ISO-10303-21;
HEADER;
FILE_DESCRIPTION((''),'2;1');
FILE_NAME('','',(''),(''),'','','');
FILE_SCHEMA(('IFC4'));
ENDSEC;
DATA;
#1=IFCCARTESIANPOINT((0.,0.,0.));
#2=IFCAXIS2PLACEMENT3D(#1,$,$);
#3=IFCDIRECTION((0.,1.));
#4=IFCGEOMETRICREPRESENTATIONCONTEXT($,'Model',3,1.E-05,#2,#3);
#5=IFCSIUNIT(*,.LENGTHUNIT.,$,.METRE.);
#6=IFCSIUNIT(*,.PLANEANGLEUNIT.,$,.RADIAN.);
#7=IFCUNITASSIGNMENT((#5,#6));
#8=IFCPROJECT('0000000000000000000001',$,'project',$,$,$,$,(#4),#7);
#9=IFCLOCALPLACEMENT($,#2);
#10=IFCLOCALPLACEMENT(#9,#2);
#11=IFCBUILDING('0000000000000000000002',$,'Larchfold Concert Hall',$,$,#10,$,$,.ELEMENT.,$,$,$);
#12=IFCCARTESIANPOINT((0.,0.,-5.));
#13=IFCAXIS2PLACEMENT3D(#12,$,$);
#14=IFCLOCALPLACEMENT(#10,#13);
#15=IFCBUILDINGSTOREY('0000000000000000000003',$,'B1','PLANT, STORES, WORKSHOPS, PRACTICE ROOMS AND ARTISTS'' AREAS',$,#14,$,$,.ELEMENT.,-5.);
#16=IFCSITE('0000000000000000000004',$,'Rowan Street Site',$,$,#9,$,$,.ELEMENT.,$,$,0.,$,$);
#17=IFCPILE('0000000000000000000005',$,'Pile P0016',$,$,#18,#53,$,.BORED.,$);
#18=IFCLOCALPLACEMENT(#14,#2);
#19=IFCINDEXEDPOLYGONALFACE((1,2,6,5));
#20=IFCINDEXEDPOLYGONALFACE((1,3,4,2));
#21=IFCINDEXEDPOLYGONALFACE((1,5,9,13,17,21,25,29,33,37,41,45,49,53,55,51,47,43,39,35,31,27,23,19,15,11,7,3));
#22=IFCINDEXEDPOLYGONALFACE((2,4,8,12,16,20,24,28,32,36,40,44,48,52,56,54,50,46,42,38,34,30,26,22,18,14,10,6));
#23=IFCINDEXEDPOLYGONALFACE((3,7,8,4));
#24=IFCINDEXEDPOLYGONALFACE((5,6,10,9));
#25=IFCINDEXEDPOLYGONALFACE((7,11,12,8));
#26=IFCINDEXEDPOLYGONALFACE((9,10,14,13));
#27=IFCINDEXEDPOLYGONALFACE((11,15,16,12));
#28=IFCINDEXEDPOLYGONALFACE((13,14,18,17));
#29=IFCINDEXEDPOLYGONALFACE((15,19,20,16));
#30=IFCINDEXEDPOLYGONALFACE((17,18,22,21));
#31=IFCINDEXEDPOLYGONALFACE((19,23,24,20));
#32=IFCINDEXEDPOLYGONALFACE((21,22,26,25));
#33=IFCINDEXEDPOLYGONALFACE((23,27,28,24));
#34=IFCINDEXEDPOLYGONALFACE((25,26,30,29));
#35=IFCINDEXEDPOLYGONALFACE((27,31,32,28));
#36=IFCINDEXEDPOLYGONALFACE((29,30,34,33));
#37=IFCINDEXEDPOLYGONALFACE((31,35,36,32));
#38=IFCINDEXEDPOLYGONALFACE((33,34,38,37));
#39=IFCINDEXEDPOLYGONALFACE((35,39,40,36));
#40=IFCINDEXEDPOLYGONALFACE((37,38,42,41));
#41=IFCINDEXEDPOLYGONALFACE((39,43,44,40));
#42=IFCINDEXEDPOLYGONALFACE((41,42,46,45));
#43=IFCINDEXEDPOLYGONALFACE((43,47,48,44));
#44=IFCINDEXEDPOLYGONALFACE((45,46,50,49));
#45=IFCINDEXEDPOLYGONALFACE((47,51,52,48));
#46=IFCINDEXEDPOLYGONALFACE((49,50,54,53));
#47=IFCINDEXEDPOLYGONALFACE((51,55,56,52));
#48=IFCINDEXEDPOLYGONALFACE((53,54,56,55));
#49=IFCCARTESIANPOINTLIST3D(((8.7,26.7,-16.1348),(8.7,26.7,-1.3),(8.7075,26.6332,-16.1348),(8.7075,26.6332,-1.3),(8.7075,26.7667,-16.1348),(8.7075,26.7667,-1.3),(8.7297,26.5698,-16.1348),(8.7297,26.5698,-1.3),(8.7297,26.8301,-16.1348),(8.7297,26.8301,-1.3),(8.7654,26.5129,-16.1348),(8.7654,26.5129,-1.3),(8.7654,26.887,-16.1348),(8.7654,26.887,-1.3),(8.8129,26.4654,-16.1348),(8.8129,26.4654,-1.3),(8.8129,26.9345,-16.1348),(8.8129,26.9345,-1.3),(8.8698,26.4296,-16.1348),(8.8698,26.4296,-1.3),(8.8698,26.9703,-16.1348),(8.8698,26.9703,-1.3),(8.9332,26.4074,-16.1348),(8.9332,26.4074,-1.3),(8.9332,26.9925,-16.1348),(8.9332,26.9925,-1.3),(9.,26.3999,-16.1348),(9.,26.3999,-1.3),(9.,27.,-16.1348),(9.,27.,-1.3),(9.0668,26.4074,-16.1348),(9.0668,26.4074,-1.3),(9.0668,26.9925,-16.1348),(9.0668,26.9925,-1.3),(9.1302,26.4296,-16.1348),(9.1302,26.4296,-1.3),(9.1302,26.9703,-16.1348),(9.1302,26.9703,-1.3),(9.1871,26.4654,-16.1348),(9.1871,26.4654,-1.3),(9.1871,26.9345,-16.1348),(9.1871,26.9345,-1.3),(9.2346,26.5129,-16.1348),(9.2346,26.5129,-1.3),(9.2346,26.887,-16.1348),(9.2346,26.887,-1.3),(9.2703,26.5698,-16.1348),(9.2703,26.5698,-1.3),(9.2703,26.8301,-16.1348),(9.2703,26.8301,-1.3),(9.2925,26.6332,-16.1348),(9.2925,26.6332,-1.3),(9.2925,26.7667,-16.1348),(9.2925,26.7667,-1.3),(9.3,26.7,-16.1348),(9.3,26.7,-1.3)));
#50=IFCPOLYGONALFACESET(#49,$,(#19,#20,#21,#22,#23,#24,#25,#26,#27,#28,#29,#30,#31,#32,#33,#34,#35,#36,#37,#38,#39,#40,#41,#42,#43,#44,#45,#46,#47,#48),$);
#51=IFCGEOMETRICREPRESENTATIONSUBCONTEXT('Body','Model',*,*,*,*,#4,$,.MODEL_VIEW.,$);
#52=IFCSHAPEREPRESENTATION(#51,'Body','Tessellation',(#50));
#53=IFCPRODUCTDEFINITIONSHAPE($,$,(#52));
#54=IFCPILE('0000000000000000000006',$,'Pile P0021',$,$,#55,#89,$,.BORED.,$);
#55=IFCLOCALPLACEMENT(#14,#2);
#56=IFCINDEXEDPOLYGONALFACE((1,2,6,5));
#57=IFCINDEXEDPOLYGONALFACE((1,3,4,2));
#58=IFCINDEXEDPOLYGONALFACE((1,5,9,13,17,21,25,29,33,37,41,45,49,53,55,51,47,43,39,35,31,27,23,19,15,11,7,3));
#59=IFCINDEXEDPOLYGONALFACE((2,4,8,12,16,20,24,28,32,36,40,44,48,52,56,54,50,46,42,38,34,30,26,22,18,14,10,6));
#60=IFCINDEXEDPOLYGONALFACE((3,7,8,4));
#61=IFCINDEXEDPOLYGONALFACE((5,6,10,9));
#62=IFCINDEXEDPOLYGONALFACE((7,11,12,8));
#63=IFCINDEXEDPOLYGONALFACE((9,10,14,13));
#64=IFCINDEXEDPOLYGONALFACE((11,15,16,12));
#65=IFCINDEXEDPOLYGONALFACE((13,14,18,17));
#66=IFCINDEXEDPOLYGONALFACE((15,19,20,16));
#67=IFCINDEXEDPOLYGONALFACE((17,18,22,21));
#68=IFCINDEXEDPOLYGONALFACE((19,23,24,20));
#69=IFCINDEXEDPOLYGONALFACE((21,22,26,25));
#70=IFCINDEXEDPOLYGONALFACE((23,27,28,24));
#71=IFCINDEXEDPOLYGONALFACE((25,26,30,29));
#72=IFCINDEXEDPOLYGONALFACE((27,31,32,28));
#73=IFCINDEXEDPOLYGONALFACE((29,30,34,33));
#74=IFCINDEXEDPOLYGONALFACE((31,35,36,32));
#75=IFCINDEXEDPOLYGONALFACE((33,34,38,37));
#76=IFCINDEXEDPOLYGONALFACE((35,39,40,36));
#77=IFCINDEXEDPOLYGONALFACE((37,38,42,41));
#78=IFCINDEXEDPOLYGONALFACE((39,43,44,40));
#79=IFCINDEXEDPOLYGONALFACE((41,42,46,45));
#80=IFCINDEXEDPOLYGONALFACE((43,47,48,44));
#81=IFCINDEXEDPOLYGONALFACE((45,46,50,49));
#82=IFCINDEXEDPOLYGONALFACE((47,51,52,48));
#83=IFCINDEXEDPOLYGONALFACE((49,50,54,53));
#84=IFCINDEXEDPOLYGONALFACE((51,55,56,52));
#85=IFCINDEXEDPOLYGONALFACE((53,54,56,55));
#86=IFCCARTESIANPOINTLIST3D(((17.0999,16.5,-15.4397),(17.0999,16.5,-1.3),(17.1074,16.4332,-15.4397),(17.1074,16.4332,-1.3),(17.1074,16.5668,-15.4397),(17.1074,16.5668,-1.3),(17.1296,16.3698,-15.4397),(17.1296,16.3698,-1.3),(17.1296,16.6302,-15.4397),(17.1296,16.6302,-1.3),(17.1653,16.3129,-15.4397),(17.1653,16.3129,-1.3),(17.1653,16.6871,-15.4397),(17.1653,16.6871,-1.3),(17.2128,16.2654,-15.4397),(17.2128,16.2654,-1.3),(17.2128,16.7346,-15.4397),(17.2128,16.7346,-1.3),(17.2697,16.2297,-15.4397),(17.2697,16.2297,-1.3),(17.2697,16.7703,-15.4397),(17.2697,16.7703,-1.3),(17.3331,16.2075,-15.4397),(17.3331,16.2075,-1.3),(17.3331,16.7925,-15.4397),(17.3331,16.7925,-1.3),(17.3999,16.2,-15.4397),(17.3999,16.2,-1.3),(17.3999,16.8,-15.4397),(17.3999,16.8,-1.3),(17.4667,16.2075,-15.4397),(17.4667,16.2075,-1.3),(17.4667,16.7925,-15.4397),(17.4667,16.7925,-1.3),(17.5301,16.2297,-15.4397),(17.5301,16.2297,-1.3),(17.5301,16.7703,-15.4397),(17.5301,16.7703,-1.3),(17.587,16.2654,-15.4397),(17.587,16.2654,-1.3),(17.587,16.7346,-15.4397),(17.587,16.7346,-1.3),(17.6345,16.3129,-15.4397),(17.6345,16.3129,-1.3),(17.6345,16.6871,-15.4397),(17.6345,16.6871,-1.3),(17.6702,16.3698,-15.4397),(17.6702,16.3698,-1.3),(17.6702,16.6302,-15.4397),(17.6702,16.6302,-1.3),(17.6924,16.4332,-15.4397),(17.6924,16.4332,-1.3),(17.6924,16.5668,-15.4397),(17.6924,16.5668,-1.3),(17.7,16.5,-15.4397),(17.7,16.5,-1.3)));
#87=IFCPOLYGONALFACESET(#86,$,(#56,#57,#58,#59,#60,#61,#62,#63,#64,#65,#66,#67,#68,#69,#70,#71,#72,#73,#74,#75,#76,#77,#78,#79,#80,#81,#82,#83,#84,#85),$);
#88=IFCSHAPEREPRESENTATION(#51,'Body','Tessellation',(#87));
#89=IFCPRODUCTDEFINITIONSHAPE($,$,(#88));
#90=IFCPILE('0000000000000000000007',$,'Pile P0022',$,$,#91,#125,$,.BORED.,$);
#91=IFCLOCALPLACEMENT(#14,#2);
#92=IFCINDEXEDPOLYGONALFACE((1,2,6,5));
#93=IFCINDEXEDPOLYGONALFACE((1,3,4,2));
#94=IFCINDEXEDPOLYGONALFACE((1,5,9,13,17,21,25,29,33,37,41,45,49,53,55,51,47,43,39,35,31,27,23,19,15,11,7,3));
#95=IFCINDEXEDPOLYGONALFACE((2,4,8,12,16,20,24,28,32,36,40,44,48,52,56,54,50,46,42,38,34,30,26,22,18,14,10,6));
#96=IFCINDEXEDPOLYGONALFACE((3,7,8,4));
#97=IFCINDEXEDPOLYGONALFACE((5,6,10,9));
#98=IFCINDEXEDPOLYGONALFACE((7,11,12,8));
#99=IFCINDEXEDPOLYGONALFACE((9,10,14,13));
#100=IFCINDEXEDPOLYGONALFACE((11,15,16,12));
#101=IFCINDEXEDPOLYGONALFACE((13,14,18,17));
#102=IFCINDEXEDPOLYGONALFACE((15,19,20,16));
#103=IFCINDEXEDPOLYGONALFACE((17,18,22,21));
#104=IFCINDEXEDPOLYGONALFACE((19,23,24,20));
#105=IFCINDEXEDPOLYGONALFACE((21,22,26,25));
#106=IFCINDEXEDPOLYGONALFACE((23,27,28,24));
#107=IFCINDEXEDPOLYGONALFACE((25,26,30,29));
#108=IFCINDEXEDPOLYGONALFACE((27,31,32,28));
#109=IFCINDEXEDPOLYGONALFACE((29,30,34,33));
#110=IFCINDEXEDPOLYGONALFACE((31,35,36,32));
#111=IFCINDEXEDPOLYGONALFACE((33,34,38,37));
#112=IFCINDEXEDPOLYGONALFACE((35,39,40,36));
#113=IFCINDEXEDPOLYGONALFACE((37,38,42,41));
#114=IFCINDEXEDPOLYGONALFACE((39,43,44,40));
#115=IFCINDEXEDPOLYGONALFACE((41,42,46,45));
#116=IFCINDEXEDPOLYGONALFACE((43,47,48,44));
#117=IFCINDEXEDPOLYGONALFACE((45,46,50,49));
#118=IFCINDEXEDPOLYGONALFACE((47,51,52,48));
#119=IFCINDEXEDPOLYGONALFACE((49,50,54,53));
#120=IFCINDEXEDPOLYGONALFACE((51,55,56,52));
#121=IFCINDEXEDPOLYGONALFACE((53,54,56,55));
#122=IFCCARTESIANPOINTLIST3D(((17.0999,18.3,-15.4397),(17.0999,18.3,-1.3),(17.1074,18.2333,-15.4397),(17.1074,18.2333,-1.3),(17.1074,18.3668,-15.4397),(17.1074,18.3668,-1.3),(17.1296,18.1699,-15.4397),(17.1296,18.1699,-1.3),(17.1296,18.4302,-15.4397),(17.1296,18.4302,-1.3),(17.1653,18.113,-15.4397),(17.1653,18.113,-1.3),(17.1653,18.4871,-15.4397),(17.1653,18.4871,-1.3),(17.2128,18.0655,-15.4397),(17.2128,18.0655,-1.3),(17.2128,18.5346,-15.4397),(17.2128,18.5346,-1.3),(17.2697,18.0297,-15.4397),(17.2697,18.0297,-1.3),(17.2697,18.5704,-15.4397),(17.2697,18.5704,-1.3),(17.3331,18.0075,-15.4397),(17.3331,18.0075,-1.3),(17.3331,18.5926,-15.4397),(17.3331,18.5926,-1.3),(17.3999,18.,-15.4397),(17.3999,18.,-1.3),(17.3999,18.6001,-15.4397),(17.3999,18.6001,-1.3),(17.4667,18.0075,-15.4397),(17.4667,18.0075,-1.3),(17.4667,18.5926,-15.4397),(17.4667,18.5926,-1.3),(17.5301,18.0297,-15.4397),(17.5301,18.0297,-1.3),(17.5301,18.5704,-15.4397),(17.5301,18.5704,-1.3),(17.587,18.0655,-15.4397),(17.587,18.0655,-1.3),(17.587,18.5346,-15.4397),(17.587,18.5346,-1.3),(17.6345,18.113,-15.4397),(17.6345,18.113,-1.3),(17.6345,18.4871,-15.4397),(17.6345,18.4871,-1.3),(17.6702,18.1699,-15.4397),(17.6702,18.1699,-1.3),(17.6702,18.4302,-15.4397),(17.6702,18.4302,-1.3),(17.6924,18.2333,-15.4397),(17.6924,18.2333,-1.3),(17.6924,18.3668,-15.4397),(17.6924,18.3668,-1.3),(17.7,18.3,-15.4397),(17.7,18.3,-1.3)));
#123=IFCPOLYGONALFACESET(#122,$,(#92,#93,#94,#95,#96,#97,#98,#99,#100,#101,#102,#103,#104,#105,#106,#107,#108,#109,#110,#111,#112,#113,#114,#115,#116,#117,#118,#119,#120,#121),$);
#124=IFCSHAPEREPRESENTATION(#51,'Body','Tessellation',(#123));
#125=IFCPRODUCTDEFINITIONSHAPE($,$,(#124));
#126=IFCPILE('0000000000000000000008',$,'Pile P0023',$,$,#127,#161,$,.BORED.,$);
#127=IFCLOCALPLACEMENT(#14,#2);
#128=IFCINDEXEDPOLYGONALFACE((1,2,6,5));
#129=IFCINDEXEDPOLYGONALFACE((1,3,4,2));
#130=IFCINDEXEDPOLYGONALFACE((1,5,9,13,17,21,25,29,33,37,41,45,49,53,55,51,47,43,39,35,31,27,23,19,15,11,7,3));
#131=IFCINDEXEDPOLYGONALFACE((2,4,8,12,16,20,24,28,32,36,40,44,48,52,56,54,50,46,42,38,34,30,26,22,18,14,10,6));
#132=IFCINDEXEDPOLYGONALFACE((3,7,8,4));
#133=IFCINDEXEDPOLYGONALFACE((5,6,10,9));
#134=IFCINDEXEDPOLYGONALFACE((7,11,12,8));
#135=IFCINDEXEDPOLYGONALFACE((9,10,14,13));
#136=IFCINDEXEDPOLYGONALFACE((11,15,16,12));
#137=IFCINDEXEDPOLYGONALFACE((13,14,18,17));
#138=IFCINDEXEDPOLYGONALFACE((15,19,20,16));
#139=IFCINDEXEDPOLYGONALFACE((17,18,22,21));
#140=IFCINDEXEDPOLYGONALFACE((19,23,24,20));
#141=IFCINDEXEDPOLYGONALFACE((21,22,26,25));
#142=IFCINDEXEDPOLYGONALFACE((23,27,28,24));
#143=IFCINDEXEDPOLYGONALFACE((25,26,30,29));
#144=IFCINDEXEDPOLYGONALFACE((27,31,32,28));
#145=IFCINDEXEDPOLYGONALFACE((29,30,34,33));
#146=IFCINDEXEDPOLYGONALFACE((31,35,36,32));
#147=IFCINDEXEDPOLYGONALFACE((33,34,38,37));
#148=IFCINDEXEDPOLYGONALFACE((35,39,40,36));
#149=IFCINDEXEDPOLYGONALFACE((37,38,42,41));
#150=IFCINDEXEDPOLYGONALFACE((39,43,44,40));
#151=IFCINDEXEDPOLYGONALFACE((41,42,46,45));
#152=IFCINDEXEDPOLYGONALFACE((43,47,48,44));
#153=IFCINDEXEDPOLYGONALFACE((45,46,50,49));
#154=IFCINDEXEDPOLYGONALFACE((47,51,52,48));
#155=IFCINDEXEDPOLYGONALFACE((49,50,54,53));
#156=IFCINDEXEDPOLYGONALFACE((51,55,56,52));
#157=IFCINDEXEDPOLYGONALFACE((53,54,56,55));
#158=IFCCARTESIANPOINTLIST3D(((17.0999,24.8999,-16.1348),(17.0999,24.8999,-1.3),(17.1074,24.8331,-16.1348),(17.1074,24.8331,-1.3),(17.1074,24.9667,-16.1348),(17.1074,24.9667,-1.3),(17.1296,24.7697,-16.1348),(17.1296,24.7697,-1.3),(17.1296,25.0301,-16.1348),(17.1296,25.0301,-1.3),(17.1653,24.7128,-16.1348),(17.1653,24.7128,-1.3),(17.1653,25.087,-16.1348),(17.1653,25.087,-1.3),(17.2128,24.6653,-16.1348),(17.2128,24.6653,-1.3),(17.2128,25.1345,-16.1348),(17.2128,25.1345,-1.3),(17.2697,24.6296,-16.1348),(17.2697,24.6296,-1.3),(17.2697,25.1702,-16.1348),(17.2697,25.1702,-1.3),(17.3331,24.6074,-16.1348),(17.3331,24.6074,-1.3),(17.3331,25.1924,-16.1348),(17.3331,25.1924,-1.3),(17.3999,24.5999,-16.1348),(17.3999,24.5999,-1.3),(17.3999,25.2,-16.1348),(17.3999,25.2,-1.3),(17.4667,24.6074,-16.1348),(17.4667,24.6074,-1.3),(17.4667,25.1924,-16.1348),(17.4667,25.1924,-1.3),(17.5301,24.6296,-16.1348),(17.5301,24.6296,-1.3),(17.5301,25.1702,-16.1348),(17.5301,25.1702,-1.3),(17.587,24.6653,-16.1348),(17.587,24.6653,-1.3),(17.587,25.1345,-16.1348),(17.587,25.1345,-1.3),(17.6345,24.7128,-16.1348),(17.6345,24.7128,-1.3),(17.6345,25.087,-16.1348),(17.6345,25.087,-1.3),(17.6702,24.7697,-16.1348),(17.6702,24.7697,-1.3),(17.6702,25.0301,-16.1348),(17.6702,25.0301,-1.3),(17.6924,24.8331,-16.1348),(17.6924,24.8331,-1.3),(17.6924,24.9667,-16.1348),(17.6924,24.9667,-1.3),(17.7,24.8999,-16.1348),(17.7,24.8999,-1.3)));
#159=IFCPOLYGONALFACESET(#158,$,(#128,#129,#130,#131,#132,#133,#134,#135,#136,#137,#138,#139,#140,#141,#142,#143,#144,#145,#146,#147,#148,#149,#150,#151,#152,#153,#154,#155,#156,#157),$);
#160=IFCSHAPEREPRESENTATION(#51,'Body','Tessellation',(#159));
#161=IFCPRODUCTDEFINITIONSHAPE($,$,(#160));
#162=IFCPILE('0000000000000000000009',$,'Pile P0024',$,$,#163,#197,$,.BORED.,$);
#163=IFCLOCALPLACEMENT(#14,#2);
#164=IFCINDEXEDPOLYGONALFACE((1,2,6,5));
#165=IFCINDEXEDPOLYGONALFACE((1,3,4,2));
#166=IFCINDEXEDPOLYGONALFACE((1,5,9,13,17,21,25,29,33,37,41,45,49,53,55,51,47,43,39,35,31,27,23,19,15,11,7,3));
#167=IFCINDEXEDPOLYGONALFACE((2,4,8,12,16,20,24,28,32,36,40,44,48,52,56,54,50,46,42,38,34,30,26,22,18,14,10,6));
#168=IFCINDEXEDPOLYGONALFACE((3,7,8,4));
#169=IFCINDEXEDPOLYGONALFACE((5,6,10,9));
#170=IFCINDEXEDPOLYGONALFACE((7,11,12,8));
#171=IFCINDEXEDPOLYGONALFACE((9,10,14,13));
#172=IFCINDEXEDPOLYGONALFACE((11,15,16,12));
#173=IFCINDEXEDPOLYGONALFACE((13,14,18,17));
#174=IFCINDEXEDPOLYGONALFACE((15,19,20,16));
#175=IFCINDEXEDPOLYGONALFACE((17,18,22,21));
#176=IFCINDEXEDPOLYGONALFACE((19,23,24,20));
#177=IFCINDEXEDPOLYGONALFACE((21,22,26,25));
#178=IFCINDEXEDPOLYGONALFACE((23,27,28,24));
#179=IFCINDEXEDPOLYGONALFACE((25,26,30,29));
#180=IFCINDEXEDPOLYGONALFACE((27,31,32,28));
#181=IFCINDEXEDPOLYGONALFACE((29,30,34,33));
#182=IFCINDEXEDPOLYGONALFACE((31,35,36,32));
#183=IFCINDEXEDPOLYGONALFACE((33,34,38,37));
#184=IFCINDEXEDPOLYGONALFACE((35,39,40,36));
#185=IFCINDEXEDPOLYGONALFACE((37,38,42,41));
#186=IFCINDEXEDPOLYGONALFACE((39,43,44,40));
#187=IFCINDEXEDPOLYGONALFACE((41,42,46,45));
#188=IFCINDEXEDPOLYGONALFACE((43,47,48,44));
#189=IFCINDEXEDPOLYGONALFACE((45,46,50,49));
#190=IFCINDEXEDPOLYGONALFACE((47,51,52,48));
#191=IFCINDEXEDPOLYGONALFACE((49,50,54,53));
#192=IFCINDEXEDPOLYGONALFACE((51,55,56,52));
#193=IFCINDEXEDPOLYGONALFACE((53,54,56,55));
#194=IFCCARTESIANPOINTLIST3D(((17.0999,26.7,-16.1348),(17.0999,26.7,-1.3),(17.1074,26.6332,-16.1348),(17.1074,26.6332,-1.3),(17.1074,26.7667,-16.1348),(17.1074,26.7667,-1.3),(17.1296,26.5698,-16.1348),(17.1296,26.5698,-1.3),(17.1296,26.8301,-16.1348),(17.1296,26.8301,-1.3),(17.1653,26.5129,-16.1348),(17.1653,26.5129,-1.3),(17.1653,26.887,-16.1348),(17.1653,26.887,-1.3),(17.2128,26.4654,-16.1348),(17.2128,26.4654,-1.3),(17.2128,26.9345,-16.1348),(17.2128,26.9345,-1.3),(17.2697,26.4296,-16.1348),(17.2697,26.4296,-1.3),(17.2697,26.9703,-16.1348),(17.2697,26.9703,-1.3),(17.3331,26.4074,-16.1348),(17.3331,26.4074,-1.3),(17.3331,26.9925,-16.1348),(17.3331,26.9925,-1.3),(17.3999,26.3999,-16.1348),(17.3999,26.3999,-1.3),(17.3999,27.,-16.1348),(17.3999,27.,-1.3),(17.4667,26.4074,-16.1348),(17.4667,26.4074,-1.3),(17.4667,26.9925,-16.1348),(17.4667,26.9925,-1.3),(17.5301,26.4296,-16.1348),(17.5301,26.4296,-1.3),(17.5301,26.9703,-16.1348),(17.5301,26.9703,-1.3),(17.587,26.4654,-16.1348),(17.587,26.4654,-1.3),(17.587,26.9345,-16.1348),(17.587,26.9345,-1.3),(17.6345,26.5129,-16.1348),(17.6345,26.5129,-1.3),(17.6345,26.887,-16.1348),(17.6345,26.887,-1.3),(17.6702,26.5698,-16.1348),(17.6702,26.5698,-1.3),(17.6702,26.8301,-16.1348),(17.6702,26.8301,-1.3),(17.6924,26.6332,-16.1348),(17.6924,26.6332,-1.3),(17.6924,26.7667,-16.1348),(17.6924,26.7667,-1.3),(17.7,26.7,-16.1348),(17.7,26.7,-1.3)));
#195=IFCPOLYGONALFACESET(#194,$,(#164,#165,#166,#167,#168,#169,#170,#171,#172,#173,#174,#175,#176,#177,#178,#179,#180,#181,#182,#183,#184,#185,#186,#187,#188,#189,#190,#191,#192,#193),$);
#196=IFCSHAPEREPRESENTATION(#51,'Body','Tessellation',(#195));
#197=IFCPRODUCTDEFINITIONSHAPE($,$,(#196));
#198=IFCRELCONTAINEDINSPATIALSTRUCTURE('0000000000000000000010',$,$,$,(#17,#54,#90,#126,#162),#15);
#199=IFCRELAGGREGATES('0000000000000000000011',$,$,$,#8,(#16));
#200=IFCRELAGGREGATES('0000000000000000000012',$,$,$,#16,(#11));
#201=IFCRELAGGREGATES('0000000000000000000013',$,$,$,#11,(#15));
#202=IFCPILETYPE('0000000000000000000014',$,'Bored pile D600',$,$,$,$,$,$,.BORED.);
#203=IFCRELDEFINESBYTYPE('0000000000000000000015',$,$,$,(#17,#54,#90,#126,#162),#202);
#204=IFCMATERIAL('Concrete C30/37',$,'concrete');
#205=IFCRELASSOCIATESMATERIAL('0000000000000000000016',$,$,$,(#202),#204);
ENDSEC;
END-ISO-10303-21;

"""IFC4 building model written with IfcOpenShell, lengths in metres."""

from ifc_helpers import new_model, si_unit, direction, frame, origin, origin_2d, place, context, subcontext, project, spatial, circle, extrude, material, material_profile, profile_set, type_object, element, save


model = new_model("IFC4")

# Units and contexts
model_context = context("Model", 3, precision=1e-05, world=origin(), true_north=direction((0.0, 1.0)))
body_context = subcontext(model_context, "Body", "Model", "MODEL_VIEW")
ifc_project = project(units=[si_unit("LENGTHUNIT", "METRE"), si_unit("PLANEANGLEUNIT", "RADIAN")], contexts=[model_context])

# Site, building, storey
site_placement = place(None, origin())
site = spatial("IfcSite", under=ifc_project, at=site_placement, Name="Rowan Street Site", CompositionType="ELEMENT", RefElevation=0.0)
building_placement = place(site_placement, origin())
building = spatial("IfcBuilding", under=site, at=building_placement, Name="Larchfold Concert Hall", CompositionType="ELEMENT")
storey_placement = place(building_placement, frame((0.0, 0.0, -5.0)))
storey = spatial("IfcBuildingStorey", under=building, at=storey_placement, Name="B1", Description="PLANT, STORES, WORKSHOPS, PRACTICE ROOMS AND ARTISTS' AREAS", CompositionType="ELEMENT", Elevation=-5.0)

# Piles
ifc_material_1 = material(Name="Concrete C30/37", Category="concrete")
ifc_material_profile_1 = material_profile(ifc_material_1, circle(Radius=0.3, at=origin_2d()))
ifc_profile_set_1 = profile_set([ifc_material_profile_1], Name="Concrete C30/37")
pile_type = type_object("IfcPileType", Name="Bored pile D600", PredefinedType="BORED", material=ifc_profile_set_1)
pile_1_placement = place(storey_placement, frame((9.0, 26.7, -1.3), z_axis=(0.0, 0.0, -1.0), x_axis=(1.0, 0.0, 0.0)))
element("IfcPile", 1, at=pile_1_placement, inside=storey, type_object=pile_type, Name="Pile P0016", PredefinedType="BORED", context=body_context, shape_type="SweptSolid", body=[
    extrude(circle(Radius=0.3, at=origin_2d()), origin(), (0.0, 0.0, 1.0), 14.8347),
])
for number, where, z_axis, x_axis, name in (
    (2, (17.3999, 16.5, -1.3), (0.0, 0.0, -1.0), (1.0, 0.0, 0.0), "Pile P0021"),
    (3, (17.3999, 18.3, -1.3), (0.0, 0.0, -1.0), (1.0, 0.0, 0.0), "Pile P0022"),
):
    element("IfcPile", number, at=place(storey_placement, frame(where, z_axis=z_axis, x_axis=x_axis)), inside=storey, type_object=pile_type, Name=name, PredefinedType="BORED", context=body_context, shape_type="SweptSolid", body=[
        extrude(circle(Radius=0.3, at=origin_2d()), origin(), (0.0, 0.0, 1.0), 14.1396),
    ])
for number, where, z_axis, x_axis, name in (
    (4, (17.3999, 24.8999, -1.3), (0.0, 0.0, -1.0), (1.0, 0.0, 0.0), "Pile P0023"),
    (5, (17.3999, 26.7, -1.3), (0.0, 0.0, -1.0), (1.0, 0.0, 0.0), "Pile P0024"),
):
    element("IfcPile", number, at=place(storey_placement, frame(where, z_axis=z_axis, x_axis=x_axis)), inside=storey, type_object=pile_type, Name=name, PredefinedType="BORED", context=body_context, shape_type="SweptSolid", body=[
        extrude(circle(Radius=0.3, at=origin_2d()), origin(), (0.0, 0.0, 1.0), 14.8347),
    ])

save(model, "model.ifc")
